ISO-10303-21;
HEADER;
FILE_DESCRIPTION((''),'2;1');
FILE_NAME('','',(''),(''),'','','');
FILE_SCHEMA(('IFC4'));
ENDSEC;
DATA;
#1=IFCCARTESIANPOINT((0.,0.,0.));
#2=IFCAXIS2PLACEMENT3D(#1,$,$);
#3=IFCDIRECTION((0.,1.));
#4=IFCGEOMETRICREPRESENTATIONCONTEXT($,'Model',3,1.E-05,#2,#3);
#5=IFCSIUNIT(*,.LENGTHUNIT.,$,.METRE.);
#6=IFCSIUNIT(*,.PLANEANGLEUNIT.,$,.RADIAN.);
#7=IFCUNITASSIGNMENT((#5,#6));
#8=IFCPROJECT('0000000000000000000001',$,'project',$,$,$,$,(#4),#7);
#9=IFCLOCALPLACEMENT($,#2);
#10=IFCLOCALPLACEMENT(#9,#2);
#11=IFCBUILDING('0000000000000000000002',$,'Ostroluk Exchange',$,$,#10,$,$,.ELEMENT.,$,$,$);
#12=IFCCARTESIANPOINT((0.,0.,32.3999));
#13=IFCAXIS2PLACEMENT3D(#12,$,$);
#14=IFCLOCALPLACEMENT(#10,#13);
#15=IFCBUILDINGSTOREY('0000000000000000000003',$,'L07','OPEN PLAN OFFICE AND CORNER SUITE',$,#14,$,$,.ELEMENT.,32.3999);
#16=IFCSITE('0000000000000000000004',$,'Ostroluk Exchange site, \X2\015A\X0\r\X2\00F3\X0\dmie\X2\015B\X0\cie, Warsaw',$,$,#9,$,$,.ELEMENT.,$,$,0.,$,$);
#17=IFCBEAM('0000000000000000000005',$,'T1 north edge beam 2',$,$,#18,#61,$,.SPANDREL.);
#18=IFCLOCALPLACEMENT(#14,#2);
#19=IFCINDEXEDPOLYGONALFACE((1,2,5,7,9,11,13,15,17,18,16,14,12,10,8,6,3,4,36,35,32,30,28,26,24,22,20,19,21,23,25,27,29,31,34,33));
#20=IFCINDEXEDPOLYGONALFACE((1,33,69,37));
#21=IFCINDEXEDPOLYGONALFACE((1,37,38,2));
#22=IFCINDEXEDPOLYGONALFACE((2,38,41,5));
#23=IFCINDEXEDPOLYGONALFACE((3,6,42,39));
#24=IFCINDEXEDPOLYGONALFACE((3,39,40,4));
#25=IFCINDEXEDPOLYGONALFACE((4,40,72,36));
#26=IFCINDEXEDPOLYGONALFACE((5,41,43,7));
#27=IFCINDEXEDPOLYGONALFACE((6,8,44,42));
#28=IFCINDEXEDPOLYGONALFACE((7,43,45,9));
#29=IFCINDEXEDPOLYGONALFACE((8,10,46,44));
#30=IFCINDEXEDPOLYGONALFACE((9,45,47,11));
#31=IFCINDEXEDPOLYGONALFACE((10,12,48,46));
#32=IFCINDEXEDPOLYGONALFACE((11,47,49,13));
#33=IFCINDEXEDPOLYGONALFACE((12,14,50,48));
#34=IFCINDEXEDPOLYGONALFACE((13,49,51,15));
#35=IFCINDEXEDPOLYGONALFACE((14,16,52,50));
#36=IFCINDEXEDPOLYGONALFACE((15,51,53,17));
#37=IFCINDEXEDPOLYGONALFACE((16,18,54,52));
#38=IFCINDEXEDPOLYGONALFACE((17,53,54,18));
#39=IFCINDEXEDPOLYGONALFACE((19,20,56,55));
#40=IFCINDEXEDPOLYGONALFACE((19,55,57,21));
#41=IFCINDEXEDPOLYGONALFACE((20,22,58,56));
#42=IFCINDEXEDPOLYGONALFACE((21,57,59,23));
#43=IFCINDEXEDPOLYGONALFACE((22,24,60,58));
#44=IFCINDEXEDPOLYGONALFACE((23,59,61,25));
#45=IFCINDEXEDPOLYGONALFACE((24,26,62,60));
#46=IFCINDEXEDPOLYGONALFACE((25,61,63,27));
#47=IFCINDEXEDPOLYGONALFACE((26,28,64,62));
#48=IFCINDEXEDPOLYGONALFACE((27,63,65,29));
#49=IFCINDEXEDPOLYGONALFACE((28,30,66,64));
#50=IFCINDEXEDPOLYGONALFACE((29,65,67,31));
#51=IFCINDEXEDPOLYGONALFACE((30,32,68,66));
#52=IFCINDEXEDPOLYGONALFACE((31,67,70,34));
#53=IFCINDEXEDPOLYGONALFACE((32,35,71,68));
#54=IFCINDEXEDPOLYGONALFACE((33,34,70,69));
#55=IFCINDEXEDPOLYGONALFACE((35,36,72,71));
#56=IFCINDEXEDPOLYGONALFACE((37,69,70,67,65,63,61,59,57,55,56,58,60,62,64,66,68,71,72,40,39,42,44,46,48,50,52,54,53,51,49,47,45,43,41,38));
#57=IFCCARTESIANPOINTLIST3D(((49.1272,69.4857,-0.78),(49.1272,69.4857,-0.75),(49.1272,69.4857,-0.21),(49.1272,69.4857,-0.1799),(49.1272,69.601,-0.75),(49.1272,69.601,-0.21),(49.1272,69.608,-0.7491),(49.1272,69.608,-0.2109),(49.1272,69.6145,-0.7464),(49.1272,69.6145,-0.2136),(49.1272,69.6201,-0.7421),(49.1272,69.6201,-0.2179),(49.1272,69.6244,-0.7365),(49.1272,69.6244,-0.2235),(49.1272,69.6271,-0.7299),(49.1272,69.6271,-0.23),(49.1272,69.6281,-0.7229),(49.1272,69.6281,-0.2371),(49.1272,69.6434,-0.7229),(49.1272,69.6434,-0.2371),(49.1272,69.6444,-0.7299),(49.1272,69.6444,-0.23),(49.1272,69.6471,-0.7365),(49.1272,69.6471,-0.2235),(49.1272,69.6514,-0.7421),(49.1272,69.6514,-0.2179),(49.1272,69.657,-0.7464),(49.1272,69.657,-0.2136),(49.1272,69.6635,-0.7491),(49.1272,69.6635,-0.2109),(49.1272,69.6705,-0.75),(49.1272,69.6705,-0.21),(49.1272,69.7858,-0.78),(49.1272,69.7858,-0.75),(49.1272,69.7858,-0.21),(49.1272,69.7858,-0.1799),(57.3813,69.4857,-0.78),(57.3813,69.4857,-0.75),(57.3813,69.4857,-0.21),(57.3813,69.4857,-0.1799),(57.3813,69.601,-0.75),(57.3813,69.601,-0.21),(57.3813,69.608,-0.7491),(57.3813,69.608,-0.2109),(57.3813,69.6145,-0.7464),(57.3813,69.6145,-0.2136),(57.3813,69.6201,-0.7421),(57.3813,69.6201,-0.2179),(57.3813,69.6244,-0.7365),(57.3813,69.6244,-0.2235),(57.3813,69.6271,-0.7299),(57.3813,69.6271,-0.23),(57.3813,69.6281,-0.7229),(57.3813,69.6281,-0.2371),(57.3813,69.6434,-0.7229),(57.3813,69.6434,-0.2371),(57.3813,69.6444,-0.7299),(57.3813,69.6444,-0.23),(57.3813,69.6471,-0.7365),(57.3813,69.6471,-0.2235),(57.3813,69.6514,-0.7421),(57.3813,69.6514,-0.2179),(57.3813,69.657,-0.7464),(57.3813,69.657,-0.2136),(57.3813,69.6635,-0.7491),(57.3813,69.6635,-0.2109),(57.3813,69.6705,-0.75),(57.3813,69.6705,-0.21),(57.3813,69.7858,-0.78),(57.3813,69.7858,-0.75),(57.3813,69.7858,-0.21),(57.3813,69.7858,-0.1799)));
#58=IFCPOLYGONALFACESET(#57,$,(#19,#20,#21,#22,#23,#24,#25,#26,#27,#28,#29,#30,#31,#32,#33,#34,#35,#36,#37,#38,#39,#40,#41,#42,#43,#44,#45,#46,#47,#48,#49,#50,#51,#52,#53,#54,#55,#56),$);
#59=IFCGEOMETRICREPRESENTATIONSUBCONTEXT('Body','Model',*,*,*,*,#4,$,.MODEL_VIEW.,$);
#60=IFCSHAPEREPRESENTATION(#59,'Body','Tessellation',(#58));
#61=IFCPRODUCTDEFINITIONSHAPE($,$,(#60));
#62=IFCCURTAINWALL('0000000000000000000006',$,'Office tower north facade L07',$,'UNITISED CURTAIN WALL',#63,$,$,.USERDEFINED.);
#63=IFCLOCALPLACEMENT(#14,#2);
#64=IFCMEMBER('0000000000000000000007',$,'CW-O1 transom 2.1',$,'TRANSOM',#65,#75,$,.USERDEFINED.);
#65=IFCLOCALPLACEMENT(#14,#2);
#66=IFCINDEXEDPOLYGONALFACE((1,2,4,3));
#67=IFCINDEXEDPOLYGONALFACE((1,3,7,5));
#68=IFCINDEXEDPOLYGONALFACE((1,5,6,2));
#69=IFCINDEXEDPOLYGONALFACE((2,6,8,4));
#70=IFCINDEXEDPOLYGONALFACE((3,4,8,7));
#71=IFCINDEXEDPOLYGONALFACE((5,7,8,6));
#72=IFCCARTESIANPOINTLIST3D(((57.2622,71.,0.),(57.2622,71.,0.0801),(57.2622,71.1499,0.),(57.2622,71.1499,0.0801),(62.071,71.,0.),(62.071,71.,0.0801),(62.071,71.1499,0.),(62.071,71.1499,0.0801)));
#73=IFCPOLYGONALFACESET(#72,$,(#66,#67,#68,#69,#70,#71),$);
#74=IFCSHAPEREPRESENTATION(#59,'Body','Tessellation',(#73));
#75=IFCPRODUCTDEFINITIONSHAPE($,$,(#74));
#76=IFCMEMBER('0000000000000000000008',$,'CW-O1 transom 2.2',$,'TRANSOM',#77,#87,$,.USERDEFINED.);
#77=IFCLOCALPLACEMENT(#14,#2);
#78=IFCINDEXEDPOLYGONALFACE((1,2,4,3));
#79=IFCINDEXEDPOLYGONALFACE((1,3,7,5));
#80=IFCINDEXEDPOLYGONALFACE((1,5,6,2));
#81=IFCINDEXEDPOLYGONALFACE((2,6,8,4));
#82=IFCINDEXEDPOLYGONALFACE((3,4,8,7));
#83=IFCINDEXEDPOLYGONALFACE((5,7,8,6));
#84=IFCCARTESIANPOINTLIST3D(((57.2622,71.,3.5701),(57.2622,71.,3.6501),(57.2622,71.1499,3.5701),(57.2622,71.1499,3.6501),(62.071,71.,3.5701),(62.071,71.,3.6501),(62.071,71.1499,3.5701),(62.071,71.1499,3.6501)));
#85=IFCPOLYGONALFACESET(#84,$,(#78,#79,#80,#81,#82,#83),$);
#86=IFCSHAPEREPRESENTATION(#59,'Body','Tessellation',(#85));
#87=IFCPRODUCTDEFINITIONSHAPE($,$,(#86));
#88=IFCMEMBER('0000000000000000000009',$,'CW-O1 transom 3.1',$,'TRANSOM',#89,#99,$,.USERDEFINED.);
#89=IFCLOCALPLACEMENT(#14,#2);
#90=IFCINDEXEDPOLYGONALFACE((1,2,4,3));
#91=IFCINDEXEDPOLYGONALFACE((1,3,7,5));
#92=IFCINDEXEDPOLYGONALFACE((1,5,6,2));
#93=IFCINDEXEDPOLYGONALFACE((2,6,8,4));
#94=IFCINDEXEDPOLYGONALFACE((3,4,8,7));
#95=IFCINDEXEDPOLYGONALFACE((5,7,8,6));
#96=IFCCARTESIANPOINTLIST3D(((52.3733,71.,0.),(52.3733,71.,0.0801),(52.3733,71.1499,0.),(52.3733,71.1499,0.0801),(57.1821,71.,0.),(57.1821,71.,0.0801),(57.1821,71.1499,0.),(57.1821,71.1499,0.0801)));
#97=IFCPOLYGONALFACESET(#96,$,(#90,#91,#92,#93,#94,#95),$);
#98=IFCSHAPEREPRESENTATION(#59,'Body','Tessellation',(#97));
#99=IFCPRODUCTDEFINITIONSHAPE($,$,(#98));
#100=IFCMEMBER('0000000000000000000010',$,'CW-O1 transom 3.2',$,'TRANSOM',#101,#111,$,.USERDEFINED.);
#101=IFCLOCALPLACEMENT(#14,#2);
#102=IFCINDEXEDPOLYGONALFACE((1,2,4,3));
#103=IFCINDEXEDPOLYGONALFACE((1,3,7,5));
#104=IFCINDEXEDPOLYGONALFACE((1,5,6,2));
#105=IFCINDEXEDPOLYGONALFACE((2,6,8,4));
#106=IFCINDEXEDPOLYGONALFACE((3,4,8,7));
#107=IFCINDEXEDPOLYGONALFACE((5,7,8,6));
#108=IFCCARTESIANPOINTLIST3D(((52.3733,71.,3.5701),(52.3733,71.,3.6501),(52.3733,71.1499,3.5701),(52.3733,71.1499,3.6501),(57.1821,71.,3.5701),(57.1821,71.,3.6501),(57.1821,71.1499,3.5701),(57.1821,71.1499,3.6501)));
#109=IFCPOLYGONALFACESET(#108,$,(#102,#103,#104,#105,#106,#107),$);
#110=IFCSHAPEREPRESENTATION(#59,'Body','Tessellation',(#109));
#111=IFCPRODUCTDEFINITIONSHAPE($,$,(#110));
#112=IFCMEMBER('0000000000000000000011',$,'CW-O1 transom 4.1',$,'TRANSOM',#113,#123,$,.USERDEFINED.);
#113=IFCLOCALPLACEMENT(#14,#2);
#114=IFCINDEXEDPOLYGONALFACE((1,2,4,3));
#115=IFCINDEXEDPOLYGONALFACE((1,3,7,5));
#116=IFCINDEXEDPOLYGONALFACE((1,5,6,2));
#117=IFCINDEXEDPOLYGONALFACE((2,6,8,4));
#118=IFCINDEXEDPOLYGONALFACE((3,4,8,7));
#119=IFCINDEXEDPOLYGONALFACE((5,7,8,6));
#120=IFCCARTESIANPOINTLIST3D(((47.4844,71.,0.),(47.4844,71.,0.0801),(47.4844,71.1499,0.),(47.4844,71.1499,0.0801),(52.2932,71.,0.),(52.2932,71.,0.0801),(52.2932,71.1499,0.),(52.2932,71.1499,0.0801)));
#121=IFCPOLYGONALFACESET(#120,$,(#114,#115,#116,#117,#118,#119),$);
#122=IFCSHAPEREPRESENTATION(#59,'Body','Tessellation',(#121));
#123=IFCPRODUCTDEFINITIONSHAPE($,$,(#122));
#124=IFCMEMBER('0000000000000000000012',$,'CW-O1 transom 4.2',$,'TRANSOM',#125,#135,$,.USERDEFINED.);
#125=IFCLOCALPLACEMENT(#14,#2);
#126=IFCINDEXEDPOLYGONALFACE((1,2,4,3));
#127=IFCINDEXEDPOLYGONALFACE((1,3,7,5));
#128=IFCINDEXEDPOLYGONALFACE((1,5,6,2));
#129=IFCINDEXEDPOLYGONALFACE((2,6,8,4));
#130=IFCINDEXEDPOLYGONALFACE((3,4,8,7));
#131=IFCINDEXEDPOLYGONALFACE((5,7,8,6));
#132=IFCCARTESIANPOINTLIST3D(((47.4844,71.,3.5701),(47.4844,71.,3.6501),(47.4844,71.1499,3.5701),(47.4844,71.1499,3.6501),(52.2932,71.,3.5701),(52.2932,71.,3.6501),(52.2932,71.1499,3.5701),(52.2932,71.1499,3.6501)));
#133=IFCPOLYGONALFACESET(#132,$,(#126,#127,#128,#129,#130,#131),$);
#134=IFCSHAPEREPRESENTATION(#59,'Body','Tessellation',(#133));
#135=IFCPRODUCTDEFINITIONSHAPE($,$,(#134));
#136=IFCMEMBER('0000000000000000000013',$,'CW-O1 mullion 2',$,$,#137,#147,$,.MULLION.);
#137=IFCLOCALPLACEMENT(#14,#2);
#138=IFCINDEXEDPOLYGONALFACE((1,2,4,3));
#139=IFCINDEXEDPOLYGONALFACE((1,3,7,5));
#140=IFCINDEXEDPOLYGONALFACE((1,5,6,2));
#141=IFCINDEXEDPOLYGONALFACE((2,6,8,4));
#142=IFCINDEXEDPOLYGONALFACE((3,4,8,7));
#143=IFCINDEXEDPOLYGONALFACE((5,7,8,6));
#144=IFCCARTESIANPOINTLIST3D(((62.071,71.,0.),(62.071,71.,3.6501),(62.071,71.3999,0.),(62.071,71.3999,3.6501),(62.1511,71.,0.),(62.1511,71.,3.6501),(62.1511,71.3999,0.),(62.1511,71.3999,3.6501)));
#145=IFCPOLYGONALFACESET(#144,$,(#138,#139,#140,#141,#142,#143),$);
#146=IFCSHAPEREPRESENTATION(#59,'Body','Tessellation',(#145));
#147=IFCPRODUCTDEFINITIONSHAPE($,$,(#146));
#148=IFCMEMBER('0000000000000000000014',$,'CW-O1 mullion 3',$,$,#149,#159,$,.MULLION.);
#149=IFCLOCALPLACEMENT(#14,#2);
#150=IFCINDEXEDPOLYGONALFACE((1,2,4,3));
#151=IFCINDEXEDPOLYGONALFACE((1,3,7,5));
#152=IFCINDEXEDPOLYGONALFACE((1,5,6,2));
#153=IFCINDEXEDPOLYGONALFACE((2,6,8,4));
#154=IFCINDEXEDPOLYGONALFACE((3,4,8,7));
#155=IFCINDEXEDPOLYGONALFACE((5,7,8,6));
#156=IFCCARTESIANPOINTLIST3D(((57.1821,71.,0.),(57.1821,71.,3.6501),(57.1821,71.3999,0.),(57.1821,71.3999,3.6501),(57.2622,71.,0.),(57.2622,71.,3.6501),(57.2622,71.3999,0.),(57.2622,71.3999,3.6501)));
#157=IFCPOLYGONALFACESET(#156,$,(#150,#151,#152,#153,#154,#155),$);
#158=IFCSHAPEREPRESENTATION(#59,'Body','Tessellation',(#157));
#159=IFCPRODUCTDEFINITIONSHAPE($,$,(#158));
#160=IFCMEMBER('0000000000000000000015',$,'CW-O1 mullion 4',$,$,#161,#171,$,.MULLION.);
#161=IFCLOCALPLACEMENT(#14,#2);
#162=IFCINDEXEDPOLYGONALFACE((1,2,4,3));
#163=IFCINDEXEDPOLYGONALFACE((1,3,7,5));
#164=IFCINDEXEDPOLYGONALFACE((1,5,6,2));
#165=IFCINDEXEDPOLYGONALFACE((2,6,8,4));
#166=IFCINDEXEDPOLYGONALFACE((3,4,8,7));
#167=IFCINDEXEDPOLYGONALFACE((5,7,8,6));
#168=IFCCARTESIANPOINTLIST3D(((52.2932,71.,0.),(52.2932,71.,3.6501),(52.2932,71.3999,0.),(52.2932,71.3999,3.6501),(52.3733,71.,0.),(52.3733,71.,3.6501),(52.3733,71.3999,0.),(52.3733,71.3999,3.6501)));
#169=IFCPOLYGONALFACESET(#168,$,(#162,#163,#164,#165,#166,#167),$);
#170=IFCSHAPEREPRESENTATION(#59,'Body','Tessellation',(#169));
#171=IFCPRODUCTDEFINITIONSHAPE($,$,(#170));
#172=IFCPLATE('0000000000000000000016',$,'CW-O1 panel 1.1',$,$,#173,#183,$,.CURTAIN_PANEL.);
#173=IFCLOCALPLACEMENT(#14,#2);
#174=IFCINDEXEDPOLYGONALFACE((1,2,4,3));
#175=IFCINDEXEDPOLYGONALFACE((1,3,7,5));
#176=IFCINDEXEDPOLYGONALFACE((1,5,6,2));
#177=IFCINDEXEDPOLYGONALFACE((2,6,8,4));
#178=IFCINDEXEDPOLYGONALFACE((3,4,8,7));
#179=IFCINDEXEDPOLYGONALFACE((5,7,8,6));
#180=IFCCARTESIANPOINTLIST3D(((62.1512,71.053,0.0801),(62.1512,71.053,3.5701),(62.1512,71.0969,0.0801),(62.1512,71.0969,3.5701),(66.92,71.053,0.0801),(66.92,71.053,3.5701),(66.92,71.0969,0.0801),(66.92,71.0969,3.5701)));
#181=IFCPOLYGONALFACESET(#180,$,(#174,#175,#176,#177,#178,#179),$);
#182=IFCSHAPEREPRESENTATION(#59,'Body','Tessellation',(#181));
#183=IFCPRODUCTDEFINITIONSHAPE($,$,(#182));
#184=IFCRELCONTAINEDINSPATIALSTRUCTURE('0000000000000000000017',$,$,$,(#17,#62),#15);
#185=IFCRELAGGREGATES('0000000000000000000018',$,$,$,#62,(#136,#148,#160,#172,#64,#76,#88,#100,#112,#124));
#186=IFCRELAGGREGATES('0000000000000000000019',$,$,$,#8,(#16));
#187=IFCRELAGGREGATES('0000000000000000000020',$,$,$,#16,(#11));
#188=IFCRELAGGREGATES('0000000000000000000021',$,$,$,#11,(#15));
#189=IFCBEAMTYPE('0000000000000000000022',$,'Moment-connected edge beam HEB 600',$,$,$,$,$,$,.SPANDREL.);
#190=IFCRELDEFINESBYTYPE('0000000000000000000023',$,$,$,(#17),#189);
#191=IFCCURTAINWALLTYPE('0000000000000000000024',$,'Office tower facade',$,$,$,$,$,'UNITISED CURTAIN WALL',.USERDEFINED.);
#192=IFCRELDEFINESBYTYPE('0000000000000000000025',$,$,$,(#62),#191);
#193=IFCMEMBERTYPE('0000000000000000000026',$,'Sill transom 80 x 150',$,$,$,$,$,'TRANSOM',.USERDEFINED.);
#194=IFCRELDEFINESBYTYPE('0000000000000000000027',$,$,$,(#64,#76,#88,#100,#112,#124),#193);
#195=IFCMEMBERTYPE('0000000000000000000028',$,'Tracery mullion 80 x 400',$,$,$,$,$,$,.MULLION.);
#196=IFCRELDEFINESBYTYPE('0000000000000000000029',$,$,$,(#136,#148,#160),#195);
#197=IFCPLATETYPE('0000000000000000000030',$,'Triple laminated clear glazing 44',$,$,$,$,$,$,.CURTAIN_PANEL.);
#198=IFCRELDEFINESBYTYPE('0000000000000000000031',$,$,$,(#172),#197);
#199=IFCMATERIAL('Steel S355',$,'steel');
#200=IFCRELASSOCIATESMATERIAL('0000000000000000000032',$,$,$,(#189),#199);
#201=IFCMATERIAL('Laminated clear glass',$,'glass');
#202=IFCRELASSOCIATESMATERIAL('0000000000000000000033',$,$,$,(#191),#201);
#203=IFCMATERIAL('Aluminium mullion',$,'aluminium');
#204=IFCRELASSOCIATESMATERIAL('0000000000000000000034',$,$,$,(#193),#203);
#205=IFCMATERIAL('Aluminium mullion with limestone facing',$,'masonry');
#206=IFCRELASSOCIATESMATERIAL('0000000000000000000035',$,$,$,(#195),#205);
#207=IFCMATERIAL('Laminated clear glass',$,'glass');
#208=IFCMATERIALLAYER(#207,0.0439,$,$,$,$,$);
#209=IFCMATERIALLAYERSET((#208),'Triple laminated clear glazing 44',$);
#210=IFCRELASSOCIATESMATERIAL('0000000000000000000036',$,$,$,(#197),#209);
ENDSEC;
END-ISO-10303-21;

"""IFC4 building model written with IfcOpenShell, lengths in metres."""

from ifc_helpers import new_model, si_unit, direction, frame, origin, origin_2d, place, context, subcontext, project, spatial, rectangle, i_section, extrude, material, layer, layer_set, material_profile, profile_set, type_object, element, aggregate, save


model = new_model("IFC4")

# Units and contexts
model_context = context("Model", 3, precision=1e-05, world=origin(), true_north=direction((0.0, 1.0)))
body_context = subcontext(model_context, "Body", "Model", "MODEL_VIEW")
ifc_project = project(units=[si_unit("LENGTHUNIT", "METRE"), si_unit("PLANEANGLEUNIT", "RADIAN")], contexts=[model_context])

# Site, building, storey
site_placement = place(None, origin())
site = spatial("IfcSite", under=ifc_project, at=site_placement, Name="Ostroluk Exchange site, Śródmieście, Warsaw", CompositionType="ELEMENT", RefElevation=0.0)
building_placement = place(site_placement, origin())
building = spatial("IfcBuilding", under=site, at=building_placement, Name="Ostroluk Exchange", CompositionType="ELEMENT")
storey_placement = place(building_placement, frame((0.0, 0.0, 32.3999)))
storey = spatial("IfcBuildingStorey", under=building, at=storey_placement, Name="L07", Description="OPEN PLAN OFFICE AND CORNER SUITE", CompositionType="ELEMENT", Elevation=32.3999)

# Beam
ifc_material_1 = material(Name="Steel S355", Category="steel")
ifc_material_profile_1 = material_profile(ifc_material_1, i_section(OverallWidth=0.3, OverallDepth=0.6001, WebThickness=0.0154, FlangeThickness=0.03, FilletRadius=0.0271, at=origin_2d()), Name="HEB 600")
ifc_profile_set_1 = profile_set([ifc_material_profile_1], Name="Steel S355")
beam_type_1 = type_object("IfcBeamType", Name="Moment-connected edge beam HEB 600", PredefinedType="SPANDREL", material=ifc_profile_set_1)
beam_1_placement = place(storey_placement, frame((57.3813, 69.6357, -0.48), z_axis=(-1.0, 0.0, 0.0), x_axis=(0.0, -1.0, 0.0)))
element("IfcBeam", 1, at=beam_1_placement, inside=storey, type_object=beam_type_1, Name="T1 north edge beam 2", PredefinedType="SPANDREL", context=body_context, shape_type="SweptSolid", body=[
    extrude(i_section(OverallWidth=0.3, OverallDepth=0.6001, WebThickness=0.0154, FlangeThickness=0.03, FilletRadius=0.0271, at=origin_2d()), origin(), (0.0, 0.0, 1.0), 8.2542),
])

# Curtain wall, members, plate
ifc_material_2 = material(Name="Laminated clear glass", Category="glass")
curtain_wall_type = type_object("IfcCurtainWallType", Name="Office tower facade", ElementType="UNITISED CURTAIN WALL", PredefinedType="USERDEFINED", material=ifc_material_2)
curtain_wall_placement = place(storey_placement, origin())
curtain_wall = element("IfcCurtainWall", 2, at=curtain_wall_placement, inside=storey, type_object=curtain_wall_type, Name="Office tower north facade L07", ObjectType="UNITISED CURTAIN WALL", PredefinedType="USERDEFINED")
ifc_material_3 = material(Name="Aluminium mullion", Category="aluminium")
ifc_material_profile_2 = material_profile(ifc_material_3, rectangle(XDim=0.1499, YDim=0.0801, at=origin_2d()), Name="Sill transom 80 x 150")
ifc_profile_set_2 = profile_set([ifc_material_profile_2], Name="Aluminium mullion")
member_type_1 = type_object("IfcMemberType", Name="Sill transom 80 x 150", ElementType="TRANSOM", PredefinedType="USERDEFINED", material=ifc_profile_set_2)
member_1_placement = place(storey_placement, frame((62.071, 71.075, 0.04), z_axis=(-1.0, 0.0, 0.0), x_axis=(0.0, -1.0, 0.0)))
member_1 = element("IfcMember", 3, at=member_1_placement, type_object=member_type_1, Name="CW-O1 transom 2.1", ObjectType="TRANSOM", PredefinedType="USERDEFINED", context=body_context, shape_type="SweptSolid", body=[
    extrude(rectangle(XDim=0.1499, YDim=0.0801, at=origin_2d()), origin(), (0.0, 0.0, 1.0), 4.8088),
])
member_2_placement = place(storey_placement, frame((62.071, 71.075, 3.6101), z_axis=(-1.0, 0.0, 0.0), x_axis=(0.0, -1.0, 0.0)))
member_2 = element("IfcMember", 4, at=member_2_placement, type_object=member_type_1, Name="CW-O1 transom 2.2", ObjectType="TRANSOM", PredefinedType="USERDEFINED", context=body_context, shape_type="SweptSolid", body=[
    extrude(rectangle(XDim=0.1499, YDim=0.0801, at=origin_2d()), origin(), (0.0, 0.0, 1.0), 4.8088),
])
member_3_placement = place(storey_placement, frame((57.1821, 71.075, 0.04), z_axis=(-1.0, 0.0, 0.0), x_axis=(0.0, -1.0, 0.0)))
member_3 = element("IfcMember", 5, at=member_3_placement, type_object=member_type_1, Name="CW-O1 transom 3.1", ObjectType="TRANSOM", PredefinedType="USERDEFINED", context=body_context, shape_type="SweptSolid", body=[
    extrude(rectangle(XDim=0.1499, YDim=0.0801, at=origin_2d()), origin(), (0.0, 0.0, 1.0), 4.8088),
])
member_4_placement = place(storey_placement, frame((57.1821, 71.075, 3.6101), z_axis=(-1.0, 0.0, 0.0), x_axis=(0.0, -1.0, 0.0)))
member_4 = element("IfcMember", 6, at=member_4_placement, type_object=member_type_1, Name="CW-O1 transom 3.2", ObjectType="TRANSOM", PredefinedType="USERDEFINED", context=body_context, shape_type="SweptSolid", body=[
    extrude(rectangle(XDim=0.1499, YDim=0.0801, at=origin_2d()), origin(), (0.0, 0.0, 1.0), 4.8088),
])
member_5_placement = place(storey_placement, frame((52.2932, 71.075, 0.04), z_axis=(-1.0, 0.0, 0.0), x_axis=(0.0, -1.0, 0.0)))
member_5 = element("IfcMember", 7, at=member_5_placement, type_object=member_type_1, Name="CW-O1 transom 4.1", ObjectType="TRANSOM", PredefinedType="USERDEFINED", context=body_context, shape_type="SweptSolid", body=[
    extrude(rectangle(XDim=0.1499, YDim=0.0801, at=origin_2d()), origin(), (0.0, 0.0, 1.0), 4.8088),
])
member_6_placement = place(storey_placement, frame((52.2932, 71.075, 3.6101), z_axis=(-1.0, 0.0, 0.0), x_axis=(0.0, -1.0, 0.0)))
member_6 = element("IfcMember", 8, at=member_6_placement, type_object=member_type_1, Name="CW-O1 transom 4.2", ObjectType="TRANSOM", PredefinedType="USERDEFINED", context=body_context, shape_type="SweptSolid", body=[
    extrude(rectangle(XDim=0.1499, YDim=0.0801, at=origin_2d()), origin(), (0.0, 0.0, 1.0), 4.8088),
])
ifc_material_4 = material(Name="Aluminium mullion with limestone facing", Category="masonry")
ifc_material_profile_3 = material_profile(ifc_material_4, rectangle(XDim=0.3999, YDim=0.0801, at=origin_2d()), Name="Tracery mullion 80 x 400")
ifc_profile_set_3 = profile_set([ifc_material_profile_3], Name="Aluminium mullion with limestone facing")
member_type_2 = type_object("IfcMemberType", Name="Tracery mullion 80 x 400", PredefinedType="MULLION", material=ifc_profile_set_3)
member_7_placement = place(storey_placement, frame((62.1111, 71.2, 0.0), z_axis=(0.0, 0.0, 1.0), x_axis=(0.0, -1.0, 0.0)))
member_7 = element("IfcMember", 9, at=member_7_placement, type_object=member_type_2, Name="CW-O1 mullion 2", PredefinedType="MULLION", context=body_context, shape_type="SweptSolid", body=[
    extrude(rectangle(XDim=0.3999, YDim=0.0801, at=origin_2d()), origin(), (0.0, 0.0, 1.0), 3.6501),
])
member_8_placement = place(storey_placement, frame((57.2222, 71.2, 0.0), z_axis=(0.0, 0.0, 1.0), x_axis=(0.0, -1.0, 0.0)))
member_8 = element("IfcMember", 10, at=member_8_placement, type_object=member_type_2, Name="CW-O1 mullion 3", PredefinedType="MULLION", context=body_context, shape_type="SweptSolid", body=[
    extrude(rectangle(XDim=0.3999, YDim=0.0801, at=origin_2d()), origin(), (0.0, 0.0, 1.0), 3.6501),
])
member_9_placement = place(storey_placement, frame((52.3333, 71.2, 0.0), z_axis=(0.0, 0.0, 1.0), x_axis=(0.0, -1.0, 0.0)))
member_9 = element("IfcMember", 11, at=member_9_placement, type_object=member_type_2, Name="CW-O1 mullion 4", PredefinedType="MULLION", context=body_context, shape_type="SweptSolid", body=[
    extrude(rectangle(XDim=0.3999, YDim=0.0801, at=origin_2d()), origin(), (0.0, 0.0, 1.0), 3.6501),
])
ifc_material_5 = material(Name="Laminated clear glass", Category="glass")
ifc_layer = layer(ifc_material_5, 0.0439)
ifc_layer_set = layer_set([ifc_layer], Name="Triple laminated clear glazing 44")
plate_type = type_object("IfcPlateType", Name="Triple laminated clear glazing 44", PredefinedType="CURTAIN_PANEL", material=ifc_layer_set)
plate_1_placement = place(storey_placement, frame((64.5356, 71.075, 0.0801), z_axis=(0.0, 0.0, 1.0), x_axis=(-1.0, 0.0, 0.0)))
plate_1 = element("IfcPlate", 12, at=plate_1_placement, type_object=plate_type, Name="CW-O1 panel 1.1", PredefinedType="CURTAIN_PANEL", context=body_context, shape_type="SweptSolid", body=[
    extrude(rectangle(XDim=4.7688, YDim=0.0439, at=origin_2d()), origin(), (0.0, 0.0, 1.0), 3.49),
])
aggregate(curtain_wall, [member_7, member_8, member_9, plate_1, member_1, member_2, member_3, member_4, member_5, member_6])

save(model, "model.ifc")
